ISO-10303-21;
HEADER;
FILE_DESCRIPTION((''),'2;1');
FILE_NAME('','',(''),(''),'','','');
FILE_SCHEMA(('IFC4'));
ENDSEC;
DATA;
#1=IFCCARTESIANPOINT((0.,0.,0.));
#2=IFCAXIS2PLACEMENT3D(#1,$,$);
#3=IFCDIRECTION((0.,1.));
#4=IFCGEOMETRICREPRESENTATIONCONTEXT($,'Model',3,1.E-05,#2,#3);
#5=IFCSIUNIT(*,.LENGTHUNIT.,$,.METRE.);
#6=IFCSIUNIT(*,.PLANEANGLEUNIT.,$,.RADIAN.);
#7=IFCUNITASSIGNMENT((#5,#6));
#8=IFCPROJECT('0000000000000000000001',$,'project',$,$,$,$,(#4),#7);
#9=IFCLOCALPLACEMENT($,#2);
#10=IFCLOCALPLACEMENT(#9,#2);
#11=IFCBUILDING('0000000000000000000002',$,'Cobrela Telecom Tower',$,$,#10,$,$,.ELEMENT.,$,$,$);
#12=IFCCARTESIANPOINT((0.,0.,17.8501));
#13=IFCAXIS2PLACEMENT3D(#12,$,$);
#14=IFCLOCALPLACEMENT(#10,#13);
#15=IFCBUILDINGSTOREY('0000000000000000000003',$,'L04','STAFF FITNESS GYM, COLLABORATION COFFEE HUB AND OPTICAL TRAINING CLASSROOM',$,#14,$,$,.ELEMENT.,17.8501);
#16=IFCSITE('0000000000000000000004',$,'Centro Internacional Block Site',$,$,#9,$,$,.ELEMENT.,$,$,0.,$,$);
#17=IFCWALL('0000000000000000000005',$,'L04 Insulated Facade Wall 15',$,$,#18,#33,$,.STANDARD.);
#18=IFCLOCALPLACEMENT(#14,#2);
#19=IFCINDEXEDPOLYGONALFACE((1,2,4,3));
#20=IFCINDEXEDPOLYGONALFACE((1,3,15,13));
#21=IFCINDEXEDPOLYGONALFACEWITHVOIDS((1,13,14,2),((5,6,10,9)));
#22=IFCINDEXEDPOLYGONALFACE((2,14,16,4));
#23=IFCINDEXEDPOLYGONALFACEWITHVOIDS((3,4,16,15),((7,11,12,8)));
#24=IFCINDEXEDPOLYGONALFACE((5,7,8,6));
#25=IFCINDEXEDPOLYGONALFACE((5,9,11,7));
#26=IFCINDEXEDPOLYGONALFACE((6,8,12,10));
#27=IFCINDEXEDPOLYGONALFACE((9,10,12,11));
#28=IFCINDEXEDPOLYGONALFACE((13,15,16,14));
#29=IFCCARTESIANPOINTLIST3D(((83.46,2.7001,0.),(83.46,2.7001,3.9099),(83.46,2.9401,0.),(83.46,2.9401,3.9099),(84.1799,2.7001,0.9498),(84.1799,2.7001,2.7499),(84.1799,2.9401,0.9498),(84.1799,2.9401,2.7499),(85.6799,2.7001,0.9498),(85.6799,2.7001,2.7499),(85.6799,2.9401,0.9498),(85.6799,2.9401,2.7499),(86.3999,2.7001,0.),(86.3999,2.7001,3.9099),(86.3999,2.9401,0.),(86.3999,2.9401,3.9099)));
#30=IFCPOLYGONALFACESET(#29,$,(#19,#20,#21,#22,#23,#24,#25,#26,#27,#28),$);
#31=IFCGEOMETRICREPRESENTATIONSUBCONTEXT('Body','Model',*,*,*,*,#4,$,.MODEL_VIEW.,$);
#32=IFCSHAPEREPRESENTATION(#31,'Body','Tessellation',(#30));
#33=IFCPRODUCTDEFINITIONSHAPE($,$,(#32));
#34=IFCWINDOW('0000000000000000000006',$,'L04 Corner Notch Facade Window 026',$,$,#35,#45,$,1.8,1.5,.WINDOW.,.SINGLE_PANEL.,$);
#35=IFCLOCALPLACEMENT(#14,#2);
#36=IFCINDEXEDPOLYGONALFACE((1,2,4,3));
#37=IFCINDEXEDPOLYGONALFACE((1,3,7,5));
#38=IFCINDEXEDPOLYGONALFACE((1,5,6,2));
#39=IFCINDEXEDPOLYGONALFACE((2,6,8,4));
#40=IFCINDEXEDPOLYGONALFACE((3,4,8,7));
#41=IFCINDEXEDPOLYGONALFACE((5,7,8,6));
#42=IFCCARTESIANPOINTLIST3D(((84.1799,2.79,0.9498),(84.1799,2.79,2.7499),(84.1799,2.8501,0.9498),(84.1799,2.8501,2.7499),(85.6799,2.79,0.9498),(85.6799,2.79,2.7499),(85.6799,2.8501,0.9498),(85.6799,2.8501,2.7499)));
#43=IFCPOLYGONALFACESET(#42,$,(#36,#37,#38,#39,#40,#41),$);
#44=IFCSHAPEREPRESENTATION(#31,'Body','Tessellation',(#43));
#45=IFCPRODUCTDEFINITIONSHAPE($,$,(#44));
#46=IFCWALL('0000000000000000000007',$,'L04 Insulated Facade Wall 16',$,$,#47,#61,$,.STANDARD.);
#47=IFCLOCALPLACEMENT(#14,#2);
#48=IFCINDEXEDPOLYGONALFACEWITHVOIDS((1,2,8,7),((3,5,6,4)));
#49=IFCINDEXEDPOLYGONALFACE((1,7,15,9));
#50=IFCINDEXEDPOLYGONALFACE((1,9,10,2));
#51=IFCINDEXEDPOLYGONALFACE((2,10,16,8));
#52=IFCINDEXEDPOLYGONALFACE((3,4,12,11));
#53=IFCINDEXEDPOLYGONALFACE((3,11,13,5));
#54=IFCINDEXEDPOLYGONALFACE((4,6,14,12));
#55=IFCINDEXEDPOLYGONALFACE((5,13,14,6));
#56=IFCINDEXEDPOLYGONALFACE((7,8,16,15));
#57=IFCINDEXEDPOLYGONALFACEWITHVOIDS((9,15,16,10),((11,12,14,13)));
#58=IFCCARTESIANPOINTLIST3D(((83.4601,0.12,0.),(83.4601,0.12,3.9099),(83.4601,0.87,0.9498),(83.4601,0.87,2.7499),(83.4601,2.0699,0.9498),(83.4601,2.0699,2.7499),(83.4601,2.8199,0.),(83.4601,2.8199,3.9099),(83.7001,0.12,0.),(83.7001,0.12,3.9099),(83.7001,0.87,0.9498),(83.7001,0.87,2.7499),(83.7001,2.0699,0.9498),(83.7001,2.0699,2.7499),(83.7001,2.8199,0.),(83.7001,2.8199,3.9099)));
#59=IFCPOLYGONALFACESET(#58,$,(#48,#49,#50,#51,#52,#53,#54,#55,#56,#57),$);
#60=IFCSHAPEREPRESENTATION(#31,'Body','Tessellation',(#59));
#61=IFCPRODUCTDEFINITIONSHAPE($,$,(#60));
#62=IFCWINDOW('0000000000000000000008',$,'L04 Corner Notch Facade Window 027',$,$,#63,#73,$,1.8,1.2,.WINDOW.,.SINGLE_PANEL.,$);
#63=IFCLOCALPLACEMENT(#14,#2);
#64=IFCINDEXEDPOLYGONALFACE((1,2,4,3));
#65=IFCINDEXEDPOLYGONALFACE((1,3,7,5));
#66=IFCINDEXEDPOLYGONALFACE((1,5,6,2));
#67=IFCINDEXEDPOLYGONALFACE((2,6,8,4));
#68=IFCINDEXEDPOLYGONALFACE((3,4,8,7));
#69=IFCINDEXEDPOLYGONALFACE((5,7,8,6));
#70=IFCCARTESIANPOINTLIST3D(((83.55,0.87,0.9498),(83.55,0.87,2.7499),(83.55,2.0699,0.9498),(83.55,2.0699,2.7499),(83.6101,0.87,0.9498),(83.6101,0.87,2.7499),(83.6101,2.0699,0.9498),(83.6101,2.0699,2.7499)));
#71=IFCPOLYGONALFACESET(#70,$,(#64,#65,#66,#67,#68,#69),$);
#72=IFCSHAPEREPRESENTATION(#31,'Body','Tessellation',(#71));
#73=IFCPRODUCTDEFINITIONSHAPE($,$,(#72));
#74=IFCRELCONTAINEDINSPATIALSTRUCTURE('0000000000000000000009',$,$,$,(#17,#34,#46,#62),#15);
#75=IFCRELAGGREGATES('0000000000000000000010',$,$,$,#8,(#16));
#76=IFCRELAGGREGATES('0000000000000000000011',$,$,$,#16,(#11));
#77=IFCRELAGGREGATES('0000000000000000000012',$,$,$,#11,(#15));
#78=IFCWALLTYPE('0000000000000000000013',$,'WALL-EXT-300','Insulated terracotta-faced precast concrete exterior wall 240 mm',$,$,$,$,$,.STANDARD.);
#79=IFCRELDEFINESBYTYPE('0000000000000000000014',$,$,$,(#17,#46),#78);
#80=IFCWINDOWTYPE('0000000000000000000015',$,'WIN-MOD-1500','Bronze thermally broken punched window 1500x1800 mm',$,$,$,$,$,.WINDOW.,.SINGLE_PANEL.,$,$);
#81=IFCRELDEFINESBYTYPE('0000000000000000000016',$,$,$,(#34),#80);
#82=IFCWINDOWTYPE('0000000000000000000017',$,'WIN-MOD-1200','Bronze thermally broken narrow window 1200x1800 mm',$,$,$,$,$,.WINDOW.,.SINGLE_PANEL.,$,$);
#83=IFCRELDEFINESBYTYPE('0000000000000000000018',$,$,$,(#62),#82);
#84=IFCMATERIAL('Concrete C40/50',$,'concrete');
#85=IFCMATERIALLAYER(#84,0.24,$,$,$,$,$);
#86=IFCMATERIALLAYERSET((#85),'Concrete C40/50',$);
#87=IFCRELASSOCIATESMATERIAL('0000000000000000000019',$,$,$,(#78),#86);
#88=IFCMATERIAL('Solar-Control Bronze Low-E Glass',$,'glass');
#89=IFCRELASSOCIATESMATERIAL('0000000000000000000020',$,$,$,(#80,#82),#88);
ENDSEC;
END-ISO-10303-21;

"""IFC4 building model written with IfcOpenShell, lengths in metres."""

from ifc_helpers import new_model, si_unit, direction, frame, frame_2d, origin, place, context, subcontext, project, spatial, rectangle, extrude, material, layer, layer_set, type_object, element, fill, save


model = new_model("IFC4")

# Units and contexts
model_context = context("Model", 3, precision=1e-05, world=origin(), true_north=direction((0.0, 1.0)))
body_context = subcontext(model_context, "Body", "Model", "MODEL_VIEW")
ifc_project = project(units=[si_unit("LENGTHUNIT", "METRE"), si_unit("PLANEANGLEUNIT", "RADIAN")], contexts=[model_context])

# Site, building, storey
site_placement = place(None, origin())
site = spatial("IfcSite", under=ifc_project, at=site_placement, Name="Centro Internacional Block Site", CompositionType="ELEMENT", RefElevation=0.0)
building_placement = place(site_placement, origin())
building = spatial("IfcBuilding", under=site, at=building_placement, Name="Cobrela Telecom Tower", CompositionType="ELEMENT")
storey_placement = place(building_placement, frame((0.0, 0.0, 17.8501)))
storey = spatial("IfcBuildingStorey", under=building, at=storey_placement, Name="L04", Description="STAFF FITNESS GYM, COLLABORATION COFFEE HUB AND OPTICAL TRAINING CLASSROOM", CompositionType="ELEMENT", Elevation=17.8501)

# Shared definitions
ifc_material_1 = material(Name="Concrete C40/50", Category="concrete")

# Shared definitions
ifc_material_2 = material(Name="Solar-Control Bronze Low-E Glass", Category="glass")

# Walls, openings, windows
ifc_layer_1 = layer(ifc_material_1, 0.24)
ifc_layer_set_1 = layer_set([ifc_layer_1], Name="Concrete C40/50")
wall_type = type_object("IfcWallType", Name="WALL-EXT-300", Description="Insulated terracotta-faced precast concrete exterior wall 240 mm", PredefinedType="STANDARD", material=ifc_layer_set_1)
wall_1_placement = place(storey_placement, frame((86.3999, 2.8201, 0.0), z_axis=(0.0, 0.0, 1.0), x_axis=(-1.0, 0.0, 0.0)))
wall_1 = element("IfcWall", 1, at=wall_1_placement, inside=storey, type_object=wall_type, Name="L04 Insulated Facade Wall 15", PredefinedType="STANDARD", context=body_context, shape_type="SweptSolid", body=[
    extrude(rectangle(XDim=2.9399, YDim=0.24, at=frame_2d((1.47, 0.0))), origin(), (0.0, 0.0, 1.0), 3.9099),
])
opening_1_placement = place(wall_1_placement, frame((0.72, 0.0, 0.95)))
opening_1 = element("IfcOpeningElement", 2, at=opening_1_placement, cuts=wall_1, PredefinedType="OPENING", context=body_context, shape_type="SweptSolid", body=[
    extrude(rectangle(XDim=1.5, YDim=1.8, at=frame_2d((0.75, 0.8999))), frame((0.0, 0.1318, 0.0), z_axis=(0.0, -1.0, 0.0), x_axis=(1.0, 0.0, 0.0)), (0.0, 0.0, 1.0), 0.2639),
])
window_type_1 = type_object("IfcWindowType", Name="WIN-MOD-1500", Description="Bronze thermally broken punched window 1500x1800 mm", PartitioningType="SINGLE_PANEL", PredefinedType="WINDOW", material=ifc_material_2)
window_1_placement = place(opening_1_placement, origin())
window_1 = element("IfcWindow", 3, at=window_1_placement, inside=storey, type_object=window_type_1, Name="L04 Corner Notch Facade Window 026", OverallHeight=1.8, OverallWidth=1.5, PartitioningType="SINGLE_PANEL", PredefinedType="WINDOW", context=body_context, shape_type="SweptSolid", body=[
    extrude(rectangle(XDim=1.5, YDim=1.8, at=frame_2d((0.75, 0.8999))), frame((0.0, 0.03, 0.0), z_axis=(0.0, -1.0, 0.0), x_axis=(1.0, 0.0, 0.0)), (0.0, 0.0, 1.0), 0.0601),
])
fill(opening_1, window_1)
wall_2_placement = place(storey_placement, frame((83.5801, 2.8201, 0.0), z_axis=(0.0, 0.0, 1.0), x_axis=(0.0, -1.0, 0.0)))
wall_2 = element("IfcWall", 4, at=wall_2_placement, inside=storey, type_object=wall_type, Name="L04 Insulated Facade Wall 16", PredefinedType="STANDARD", context=body_context, shape_type="SweptSolid", body=[
    extrude(rectangle(XDim=2.7, YDim=0.24, at=frame_2d((1.3501, 0.0))), origin(), (0.0, 0.0, 1.0), 3.9099),
])
opening_2_placement = place(wall_2_placement, frame((0.75, 0.0, 0.95)))
opening_2 = element("IfcOpeningElement", 5, at=opening_2_placement, cuts=wall_2, PredefinedType="OPENING", context=body_context, shape_type="SweptSolid", body=[
    extrude(rectangle(XDim=1.2, YDim=1.8, at=frame_2d((0.6001, 0.8999))), frame((0.0, 0.1318, 0.0), z_axis=(0.0, -1.0, 0.0), x_axis=(1.0, 0.0, 0.0)), (0.0, 0.0, 1.0), 0.2639),
])
window_type_2 = type_object("IfcWindowType", Name="WIN-MOD-1200", Description="Bronze thermally broken narrow window 1200x1800 mm", PartitioningType="SINGLE_PANEL", PredefinedType="WINDOW", material=ifc_material_2)
window_2_placement = place(opening_2_placement, origin())
window_2 = element("IfcWindow", 6, at=window_2_placement, inside=storey, type_object=window_type_2, Name="L04 Corner Notch Facade Window 027", OverallHeight=1.8, OverallWidth=1.2, PartitioningType="SINGLE_PANEL", PredefinedType="WINDOW", context=body_context, shape_type="SweptSolid", body=[
    extrude(rectangle(XDim=1.2, YDim=1.8, at=frame_2d((0.6001, 0.8999))), frame((0.0, 0.03, 0.0), z_axis=(0.0, -1.0, 0.0), x_axis=(1.0, 0.0, 0.0)), (0.0, 0.0, 1.0), 0.0601),
])
fill(opening_2, window_2)

save(model, "model.ifc")
